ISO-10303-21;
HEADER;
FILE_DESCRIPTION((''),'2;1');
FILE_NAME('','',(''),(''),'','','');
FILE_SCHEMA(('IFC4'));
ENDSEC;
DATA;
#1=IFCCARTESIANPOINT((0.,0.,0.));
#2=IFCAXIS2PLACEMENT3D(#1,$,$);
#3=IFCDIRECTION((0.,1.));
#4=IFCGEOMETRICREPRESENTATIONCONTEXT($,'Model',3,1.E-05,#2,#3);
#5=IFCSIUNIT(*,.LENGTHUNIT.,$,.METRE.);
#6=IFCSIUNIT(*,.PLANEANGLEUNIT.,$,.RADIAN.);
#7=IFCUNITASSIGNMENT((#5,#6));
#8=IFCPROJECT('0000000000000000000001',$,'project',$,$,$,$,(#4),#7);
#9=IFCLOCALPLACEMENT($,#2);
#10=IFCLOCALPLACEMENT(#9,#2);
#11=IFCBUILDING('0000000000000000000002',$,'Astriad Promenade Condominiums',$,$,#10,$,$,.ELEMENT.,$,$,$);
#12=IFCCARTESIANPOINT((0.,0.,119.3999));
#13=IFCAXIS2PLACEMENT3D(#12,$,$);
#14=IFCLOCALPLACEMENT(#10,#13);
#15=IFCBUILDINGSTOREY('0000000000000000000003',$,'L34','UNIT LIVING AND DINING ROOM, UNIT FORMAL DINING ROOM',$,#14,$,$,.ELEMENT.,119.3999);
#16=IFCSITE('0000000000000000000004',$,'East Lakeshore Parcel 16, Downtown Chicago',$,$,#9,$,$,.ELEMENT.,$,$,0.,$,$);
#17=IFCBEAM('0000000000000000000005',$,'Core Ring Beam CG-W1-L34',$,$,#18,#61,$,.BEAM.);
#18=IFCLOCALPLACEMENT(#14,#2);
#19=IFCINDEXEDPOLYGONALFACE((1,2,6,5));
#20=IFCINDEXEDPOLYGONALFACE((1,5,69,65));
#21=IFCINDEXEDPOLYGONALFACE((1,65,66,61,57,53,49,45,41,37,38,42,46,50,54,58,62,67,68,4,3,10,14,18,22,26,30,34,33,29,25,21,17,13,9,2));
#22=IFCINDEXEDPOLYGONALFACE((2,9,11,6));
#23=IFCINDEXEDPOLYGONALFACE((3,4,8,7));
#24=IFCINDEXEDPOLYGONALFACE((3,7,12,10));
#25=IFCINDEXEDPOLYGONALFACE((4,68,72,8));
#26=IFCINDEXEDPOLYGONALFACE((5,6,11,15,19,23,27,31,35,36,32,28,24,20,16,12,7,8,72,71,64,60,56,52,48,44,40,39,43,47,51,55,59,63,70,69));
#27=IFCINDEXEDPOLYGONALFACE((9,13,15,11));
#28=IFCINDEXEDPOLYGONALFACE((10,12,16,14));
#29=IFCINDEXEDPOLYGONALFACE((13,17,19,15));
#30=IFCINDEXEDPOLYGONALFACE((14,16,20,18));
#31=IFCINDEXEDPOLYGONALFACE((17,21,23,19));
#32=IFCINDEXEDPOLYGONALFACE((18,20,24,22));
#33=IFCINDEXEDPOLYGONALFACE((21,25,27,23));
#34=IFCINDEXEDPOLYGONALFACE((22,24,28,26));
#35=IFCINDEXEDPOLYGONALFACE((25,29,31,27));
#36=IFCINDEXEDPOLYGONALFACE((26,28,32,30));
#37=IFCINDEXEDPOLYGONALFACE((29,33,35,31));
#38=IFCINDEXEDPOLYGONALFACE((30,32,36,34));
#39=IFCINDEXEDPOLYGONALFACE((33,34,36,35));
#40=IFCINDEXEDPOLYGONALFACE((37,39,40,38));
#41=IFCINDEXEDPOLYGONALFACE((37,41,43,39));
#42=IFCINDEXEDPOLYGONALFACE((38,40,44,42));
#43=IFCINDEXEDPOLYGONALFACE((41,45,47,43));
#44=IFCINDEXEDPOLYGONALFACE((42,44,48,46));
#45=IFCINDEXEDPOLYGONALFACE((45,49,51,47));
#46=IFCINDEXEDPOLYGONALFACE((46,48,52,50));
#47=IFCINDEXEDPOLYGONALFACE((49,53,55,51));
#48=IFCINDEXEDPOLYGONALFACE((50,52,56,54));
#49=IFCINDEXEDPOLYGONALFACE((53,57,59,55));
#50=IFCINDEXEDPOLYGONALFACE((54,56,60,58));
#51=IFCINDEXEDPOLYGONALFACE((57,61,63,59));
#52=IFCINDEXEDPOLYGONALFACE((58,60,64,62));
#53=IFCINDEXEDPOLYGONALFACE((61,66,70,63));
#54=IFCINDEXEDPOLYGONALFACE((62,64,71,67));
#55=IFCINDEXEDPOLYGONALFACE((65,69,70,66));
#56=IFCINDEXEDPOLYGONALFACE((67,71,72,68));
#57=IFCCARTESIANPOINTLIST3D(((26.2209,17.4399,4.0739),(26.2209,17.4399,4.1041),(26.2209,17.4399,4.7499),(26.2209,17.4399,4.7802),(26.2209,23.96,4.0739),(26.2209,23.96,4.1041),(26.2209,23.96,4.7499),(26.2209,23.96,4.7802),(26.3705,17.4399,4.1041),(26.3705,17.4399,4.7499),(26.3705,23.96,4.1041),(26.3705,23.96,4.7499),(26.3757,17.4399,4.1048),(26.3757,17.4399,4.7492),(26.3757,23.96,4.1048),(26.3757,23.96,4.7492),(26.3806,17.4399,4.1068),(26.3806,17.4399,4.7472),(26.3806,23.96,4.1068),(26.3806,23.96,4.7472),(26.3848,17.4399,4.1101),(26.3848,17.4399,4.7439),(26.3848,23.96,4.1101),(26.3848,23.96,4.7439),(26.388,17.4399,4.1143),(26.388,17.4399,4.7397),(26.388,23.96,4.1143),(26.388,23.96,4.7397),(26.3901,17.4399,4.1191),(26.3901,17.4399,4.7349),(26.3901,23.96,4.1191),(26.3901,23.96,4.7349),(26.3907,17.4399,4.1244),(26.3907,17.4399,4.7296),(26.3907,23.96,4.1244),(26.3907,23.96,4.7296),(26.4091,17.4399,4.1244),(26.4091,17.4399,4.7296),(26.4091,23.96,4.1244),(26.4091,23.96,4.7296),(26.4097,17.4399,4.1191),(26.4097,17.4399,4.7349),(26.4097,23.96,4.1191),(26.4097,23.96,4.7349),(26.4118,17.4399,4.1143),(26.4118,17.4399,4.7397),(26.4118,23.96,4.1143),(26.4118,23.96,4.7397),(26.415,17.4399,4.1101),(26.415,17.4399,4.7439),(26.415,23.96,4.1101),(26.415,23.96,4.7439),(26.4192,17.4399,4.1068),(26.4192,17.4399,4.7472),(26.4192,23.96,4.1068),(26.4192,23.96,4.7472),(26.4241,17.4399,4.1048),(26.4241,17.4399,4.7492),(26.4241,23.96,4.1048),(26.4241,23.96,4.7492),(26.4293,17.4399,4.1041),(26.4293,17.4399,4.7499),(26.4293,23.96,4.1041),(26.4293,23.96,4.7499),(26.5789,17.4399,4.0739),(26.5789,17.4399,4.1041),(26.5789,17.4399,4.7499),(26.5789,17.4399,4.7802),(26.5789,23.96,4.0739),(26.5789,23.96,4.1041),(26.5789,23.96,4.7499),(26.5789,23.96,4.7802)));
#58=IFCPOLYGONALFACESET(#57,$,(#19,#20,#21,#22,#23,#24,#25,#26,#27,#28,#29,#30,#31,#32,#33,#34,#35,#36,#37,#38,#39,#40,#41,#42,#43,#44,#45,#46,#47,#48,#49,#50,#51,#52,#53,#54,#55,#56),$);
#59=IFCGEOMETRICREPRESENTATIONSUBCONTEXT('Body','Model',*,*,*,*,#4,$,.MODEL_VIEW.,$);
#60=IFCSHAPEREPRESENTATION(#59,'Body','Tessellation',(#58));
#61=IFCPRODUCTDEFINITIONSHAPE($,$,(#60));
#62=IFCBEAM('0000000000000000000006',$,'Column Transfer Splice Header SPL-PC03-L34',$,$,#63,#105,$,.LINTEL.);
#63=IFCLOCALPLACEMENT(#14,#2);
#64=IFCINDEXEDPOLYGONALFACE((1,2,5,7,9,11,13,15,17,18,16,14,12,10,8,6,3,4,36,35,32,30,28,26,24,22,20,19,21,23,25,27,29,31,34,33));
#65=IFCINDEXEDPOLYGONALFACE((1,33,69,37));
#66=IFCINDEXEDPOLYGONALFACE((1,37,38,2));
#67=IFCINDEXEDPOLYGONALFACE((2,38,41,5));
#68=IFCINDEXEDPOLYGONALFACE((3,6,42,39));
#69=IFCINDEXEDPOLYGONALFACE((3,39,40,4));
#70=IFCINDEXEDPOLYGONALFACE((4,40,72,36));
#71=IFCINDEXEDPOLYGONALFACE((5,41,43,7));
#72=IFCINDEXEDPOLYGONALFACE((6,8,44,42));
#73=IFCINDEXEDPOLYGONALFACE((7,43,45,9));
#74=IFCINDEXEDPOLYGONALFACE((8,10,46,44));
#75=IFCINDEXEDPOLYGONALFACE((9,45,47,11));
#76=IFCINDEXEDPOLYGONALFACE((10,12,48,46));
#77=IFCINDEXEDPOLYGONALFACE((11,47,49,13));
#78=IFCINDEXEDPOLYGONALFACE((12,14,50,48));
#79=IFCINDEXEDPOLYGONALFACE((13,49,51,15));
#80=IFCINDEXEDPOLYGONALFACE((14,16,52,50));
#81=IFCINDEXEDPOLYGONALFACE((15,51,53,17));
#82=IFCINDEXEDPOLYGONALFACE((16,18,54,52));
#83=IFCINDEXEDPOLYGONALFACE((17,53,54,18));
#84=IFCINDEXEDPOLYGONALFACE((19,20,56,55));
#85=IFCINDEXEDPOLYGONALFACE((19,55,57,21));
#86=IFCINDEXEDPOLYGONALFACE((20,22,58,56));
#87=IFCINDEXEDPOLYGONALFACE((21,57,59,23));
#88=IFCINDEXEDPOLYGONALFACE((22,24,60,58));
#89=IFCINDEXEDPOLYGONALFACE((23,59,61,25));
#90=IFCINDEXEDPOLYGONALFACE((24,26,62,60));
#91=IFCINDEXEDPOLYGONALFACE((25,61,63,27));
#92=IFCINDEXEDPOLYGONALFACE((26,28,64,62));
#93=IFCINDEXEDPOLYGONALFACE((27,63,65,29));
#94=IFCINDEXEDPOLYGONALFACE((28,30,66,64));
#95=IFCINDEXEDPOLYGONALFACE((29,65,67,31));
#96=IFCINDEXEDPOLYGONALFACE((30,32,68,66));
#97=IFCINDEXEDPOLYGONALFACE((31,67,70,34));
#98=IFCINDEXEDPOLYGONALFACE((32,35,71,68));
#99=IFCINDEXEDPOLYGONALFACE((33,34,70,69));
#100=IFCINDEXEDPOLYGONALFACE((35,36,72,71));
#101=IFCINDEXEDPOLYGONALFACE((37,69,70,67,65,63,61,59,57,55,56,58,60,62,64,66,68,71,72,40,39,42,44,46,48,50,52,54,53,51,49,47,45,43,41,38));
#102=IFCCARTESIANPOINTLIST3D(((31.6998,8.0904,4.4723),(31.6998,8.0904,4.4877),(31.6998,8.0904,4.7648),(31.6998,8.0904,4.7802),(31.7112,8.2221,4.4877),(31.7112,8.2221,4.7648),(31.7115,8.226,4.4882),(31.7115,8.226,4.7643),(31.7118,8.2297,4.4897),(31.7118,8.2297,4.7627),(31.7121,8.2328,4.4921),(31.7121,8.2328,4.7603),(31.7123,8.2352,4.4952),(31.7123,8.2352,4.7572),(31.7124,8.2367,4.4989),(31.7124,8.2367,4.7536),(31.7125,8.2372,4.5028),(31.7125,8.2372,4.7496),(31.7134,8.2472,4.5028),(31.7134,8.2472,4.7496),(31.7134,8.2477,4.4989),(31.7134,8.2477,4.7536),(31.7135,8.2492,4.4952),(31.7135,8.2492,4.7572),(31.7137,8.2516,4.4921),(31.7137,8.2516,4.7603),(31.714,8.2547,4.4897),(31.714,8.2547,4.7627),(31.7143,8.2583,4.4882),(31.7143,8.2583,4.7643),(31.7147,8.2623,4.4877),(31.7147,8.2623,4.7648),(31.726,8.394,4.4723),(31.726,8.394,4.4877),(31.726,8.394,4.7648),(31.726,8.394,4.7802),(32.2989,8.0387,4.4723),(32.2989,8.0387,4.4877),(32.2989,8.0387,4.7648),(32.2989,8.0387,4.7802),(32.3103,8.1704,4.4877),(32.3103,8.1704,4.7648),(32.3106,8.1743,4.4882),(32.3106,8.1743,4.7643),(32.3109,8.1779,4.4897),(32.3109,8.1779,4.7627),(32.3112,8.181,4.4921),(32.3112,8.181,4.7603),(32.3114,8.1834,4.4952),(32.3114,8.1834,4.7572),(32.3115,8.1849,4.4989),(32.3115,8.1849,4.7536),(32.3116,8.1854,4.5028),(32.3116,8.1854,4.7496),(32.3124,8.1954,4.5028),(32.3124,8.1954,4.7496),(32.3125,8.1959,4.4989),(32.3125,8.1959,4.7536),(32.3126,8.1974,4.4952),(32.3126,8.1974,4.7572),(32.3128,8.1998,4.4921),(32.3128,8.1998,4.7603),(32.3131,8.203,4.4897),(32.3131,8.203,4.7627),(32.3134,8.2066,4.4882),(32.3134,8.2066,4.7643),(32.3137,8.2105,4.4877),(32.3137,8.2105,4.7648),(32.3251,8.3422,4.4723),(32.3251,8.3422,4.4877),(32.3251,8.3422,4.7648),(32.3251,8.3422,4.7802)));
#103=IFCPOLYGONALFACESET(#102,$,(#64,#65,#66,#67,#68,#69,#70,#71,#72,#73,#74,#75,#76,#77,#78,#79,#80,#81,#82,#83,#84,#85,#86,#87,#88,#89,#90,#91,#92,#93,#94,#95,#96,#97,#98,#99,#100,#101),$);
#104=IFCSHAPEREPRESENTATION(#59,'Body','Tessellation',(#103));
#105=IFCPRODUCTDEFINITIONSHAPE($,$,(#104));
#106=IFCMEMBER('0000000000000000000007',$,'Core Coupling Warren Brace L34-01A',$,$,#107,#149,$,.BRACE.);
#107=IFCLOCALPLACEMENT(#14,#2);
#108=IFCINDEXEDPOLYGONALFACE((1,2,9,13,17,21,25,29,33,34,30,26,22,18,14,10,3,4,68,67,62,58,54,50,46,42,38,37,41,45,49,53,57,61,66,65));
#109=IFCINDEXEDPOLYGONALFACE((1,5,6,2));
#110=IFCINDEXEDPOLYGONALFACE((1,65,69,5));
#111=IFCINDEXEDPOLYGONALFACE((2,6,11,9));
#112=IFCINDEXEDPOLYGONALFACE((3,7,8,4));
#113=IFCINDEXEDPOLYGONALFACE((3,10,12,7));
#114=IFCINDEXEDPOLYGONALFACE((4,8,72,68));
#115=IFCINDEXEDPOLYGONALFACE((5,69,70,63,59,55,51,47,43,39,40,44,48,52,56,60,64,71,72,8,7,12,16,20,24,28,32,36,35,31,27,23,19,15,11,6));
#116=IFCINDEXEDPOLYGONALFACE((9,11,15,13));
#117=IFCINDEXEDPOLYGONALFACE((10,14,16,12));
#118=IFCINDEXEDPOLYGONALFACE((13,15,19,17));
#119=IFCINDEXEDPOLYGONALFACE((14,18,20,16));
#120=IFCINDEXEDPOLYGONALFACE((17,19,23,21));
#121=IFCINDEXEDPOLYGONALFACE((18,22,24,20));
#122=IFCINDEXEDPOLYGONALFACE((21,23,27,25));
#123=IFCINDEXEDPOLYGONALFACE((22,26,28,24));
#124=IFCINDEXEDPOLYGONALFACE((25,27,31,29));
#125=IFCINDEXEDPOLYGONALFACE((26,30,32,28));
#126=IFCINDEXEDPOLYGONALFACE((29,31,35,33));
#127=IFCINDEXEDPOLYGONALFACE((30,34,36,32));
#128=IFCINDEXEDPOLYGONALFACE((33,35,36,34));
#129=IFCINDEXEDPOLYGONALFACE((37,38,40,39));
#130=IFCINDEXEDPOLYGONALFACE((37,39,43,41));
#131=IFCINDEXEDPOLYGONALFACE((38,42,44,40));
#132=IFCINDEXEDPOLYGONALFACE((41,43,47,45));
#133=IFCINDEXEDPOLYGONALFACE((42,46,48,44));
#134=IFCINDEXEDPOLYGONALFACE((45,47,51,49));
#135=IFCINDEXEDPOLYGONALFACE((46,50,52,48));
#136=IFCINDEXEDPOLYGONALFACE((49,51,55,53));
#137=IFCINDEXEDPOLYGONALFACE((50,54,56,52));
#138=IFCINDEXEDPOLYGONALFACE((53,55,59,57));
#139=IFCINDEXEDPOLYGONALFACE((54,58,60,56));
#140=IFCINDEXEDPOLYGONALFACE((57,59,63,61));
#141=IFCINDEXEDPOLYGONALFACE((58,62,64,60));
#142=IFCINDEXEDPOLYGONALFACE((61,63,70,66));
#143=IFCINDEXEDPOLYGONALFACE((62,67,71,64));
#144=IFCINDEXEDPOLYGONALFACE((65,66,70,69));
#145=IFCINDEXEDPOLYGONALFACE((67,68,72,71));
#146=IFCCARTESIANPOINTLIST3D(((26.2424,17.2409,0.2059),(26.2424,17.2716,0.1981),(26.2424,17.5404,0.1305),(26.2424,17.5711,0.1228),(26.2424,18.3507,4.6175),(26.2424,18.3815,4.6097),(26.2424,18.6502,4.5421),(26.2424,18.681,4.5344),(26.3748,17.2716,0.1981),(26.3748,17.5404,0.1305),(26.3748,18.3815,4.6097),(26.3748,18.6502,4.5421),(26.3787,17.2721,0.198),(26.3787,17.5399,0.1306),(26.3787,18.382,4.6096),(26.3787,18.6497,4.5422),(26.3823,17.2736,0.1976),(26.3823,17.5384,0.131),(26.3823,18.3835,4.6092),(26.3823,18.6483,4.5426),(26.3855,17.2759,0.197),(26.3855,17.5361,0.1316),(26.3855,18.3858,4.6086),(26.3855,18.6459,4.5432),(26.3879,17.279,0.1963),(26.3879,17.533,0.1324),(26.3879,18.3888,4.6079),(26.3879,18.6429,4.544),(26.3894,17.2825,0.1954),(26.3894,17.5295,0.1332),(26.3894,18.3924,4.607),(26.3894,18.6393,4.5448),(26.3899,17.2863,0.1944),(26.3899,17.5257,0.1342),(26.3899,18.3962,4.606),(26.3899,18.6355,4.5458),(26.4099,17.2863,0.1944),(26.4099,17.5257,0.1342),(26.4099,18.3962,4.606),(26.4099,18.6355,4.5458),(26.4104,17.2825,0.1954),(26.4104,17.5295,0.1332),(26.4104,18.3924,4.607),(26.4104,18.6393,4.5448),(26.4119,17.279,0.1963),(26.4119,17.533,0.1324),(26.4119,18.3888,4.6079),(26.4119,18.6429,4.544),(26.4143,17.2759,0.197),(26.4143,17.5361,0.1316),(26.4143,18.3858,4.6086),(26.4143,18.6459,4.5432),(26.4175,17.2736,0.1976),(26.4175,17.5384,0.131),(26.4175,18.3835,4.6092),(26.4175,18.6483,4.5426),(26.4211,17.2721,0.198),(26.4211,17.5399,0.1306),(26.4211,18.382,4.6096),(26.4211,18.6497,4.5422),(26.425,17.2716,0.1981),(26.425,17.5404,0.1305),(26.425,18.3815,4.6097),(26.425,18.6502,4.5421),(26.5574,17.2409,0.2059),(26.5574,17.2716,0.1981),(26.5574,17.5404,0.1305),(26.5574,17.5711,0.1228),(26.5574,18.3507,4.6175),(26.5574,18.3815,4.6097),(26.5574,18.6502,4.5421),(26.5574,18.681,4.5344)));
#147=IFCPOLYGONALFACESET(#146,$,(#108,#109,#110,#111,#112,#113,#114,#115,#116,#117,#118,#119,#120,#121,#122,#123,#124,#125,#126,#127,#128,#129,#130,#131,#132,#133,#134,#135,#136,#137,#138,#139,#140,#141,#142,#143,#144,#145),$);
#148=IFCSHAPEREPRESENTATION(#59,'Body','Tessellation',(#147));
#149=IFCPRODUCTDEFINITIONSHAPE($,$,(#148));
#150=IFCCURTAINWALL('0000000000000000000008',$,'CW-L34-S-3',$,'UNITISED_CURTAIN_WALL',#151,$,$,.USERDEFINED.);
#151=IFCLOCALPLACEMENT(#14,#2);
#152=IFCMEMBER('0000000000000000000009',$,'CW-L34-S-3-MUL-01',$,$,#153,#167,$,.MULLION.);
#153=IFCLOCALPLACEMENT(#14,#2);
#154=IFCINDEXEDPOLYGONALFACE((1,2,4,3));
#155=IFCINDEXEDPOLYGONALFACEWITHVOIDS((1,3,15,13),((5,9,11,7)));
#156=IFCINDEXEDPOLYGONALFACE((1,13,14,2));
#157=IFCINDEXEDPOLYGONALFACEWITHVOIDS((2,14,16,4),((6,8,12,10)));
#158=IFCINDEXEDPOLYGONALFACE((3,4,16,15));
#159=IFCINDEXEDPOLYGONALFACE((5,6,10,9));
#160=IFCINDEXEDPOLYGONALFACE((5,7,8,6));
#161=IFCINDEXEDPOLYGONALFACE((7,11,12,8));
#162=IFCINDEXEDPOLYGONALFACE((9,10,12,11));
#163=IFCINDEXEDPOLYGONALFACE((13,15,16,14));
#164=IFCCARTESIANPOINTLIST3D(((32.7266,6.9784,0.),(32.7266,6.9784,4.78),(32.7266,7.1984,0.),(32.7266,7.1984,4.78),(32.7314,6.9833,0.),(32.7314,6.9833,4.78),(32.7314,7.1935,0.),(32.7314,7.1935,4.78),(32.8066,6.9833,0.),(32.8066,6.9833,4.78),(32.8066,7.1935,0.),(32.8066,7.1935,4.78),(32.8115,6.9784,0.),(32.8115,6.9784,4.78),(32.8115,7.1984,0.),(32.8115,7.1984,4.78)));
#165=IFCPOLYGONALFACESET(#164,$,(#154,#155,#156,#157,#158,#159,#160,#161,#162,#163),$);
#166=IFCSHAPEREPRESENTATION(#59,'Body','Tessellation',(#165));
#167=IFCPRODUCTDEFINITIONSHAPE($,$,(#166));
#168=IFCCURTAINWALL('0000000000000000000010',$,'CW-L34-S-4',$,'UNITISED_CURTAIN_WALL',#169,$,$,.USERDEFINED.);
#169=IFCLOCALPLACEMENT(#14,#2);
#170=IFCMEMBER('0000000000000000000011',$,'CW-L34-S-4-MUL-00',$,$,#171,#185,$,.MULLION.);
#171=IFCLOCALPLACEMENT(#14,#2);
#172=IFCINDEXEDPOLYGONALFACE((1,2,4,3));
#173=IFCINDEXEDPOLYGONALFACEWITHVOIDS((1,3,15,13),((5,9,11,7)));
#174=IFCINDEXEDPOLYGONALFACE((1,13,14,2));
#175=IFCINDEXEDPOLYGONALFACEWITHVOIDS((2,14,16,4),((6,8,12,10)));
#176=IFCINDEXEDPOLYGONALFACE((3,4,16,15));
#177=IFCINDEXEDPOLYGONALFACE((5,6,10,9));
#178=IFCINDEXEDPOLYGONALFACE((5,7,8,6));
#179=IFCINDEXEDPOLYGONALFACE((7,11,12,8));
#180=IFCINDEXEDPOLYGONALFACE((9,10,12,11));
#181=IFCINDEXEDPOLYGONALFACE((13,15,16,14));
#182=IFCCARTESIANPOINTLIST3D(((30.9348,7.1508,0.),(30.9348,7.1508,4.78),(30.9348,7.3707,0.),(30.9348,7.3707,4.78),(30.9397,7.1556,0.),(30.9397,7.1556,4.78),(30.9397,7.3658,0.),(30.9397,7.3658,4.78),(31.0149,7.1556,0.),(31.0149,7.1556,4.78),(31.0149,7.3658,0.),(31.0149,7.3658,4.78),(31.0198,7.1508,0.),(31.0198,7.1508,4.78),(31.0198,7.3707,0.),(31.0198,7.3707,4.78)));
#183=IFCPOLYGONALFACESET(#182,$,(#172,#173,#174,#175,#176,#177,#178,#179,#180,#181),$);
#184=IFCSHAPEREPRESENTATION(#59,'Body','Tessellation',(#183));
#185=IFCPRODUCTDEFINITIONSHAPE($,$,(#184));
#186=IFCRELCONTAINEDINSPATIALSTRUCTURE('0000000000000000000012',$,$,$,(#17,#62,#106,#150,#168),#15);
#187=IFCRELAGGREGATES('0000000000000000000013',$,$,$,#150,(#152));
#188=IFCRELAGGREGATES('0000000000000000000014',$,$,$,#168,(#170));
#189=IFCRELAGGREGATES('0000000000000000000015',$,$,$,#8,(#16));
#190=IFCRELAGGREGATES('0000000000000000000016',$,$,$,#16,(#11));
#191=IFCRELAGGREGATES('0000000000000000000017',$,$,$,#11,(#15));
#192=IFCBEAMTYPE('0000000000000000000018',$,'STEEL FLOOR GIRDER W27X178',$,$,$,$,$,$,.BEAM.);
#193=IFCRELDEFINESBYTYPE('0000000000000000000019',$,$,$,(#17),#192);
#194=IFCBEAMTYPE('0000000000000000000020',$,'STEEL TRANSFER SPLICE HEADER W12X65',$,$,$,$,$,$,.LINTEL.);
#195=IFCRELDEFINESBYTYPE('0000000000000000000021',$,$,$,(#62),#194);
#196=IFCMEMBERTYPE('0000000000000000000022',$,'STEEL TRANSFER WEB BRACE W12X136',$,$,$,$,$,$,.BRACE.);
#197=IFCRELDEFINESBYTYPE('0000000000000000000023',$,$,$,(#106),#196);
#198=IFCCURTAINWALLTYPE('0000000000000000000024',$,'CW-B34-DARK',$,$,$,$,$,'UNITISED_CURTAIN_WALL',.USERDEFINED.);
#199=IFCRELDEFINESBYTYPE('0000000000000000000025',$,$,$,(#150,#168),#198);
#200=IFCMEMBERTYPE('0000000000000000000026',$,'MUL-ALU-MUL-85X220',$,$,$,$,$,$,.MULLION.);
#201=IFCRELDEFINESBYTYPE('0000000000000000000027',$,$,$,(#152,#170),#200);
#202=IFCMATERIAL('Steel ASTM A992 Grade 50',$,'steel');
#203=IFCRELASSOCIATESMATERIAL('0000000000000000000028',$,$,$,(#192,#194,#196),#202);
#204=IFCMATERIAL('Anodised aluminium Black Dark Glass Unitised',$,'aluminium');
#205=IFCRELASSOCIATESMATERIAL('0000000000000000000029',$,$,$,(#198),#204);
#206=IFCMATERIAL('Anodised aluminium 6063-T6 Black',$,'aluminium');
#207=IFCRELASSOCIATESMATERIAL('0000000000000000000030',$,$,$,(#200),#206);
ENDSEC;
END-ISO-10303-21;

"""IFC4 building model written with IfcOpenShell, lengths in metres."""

from ifc_helpers import new_model, si_unit, direction, frame, origin, origin_2d, place, context, subcontext, project, spatial, hollow_rectangle, i_section, extrude, source, transform, mapped, material, material_profile, profile_set, type_object, type_shapes, element, aggregate, save


model = new_model("IFC4")

# Units and contexts
model_context = context("Model", 3, precision=1e-05, world=origin(), true_north=direction((0.0, 1.0)))
body_context = subcontext(model_context, "Body", "Model", "MODEL_VIEW")
ifc_project = project(units=[si_unit("LENGTHUNIT", "METRE"), si_unit("PLANEANGLEUNIT", "RADIAN")], contexts=[model_context])

# Site, building, storey
site_placement = place(None, origin())
site = spatial("IfcSite", under=ifc_project, at=site_placement, Name="East Lakeshore Parcel 16, Downtown Chicago", CompositionType="ELEMENT", RefElevation=0.0)
building_placement = place(site_placement, origin())
building = spatial("IfcBuilding", under=site, at=building_placement, Name="Astriad Promenade Condominiums", CompositionType="ELEMENT")
storey_placement = place(building_placement, frame((0.0, 0.0, 119.3999)))
storey = spatial("IfcBuildingStorey", under=building, at=storey_placement, Name="L34", Description="UNIT LIVING AND DINING ROOM, UNIT FORMAL DINING ROOM", CompositionType="ELEMENT", Elevation=119.3999)

# Shared definitions
ifc_material_1 = material(Name="Steel ASTM A992 Grade 50", Category="steel")

# Beams
ifc_material_profile_1 = material_profile(ifc_material_1, i_section(OverallWidth=0.3579, OverallDepth=0.7063, WebThickness=0.0183, FlangeThickness=0.0303, FilletRadius=0.0203, at=origin_2d()), Name="W27X178")
ifc_profile_set_1 = profile_set([ifc_material_profile_1], Name="Steel ASTM A992 Grade 50")
beam_type_1 = type_object("IfcBeamType", Name="STEEL FLOOR GIRDER W27X178", PredefinedType="BEAM", material=ifc_profile_set_1)
shared_shape_1 = source(origin(), body_context, "Body", "SweptSolid", [
    extrude(i_section(OverallWidth=0.3579, OverallDepth=0.7063, WebThickness=0.0183, FlangeThickness=0.0303, FilletRadius=0.0203, at=origin_2d()), origin(), (0.0, 0.0, 1.0), 6.52),
])
type_shapes(beam_type_1, [shared_shape_1])
beam_1_placement = place(storey_placement, frame((26.3999, 17.4399, 4.427), z_axis=(0.0, 1.0, 0.0), x_axis=(-1.0, 0.0, 0.0)))
element("IfcBeam", 1, at=beam_1_placement, inside=storey, type_object=beam_type_1, Name="Core Ring Beam CG-W1-L34", PredefinedType="BEAM", context=body_context, shape_type="MappedRepresentation", body=[
    mapped(shared_shape_1, transform((0.0, 0.0, 0.0), scale=1.0)),
])
ifc_material_profile_2 = material_profile(ifc_material_1, i_section(OverallWidth=0.3047, OverallDepth=0.3079, WebThickness=0.01, FlangeThickness=0.0154, FilletRadius=0.0151, at=origin_2d()), Name="W12X65")
ifc_profile_set_2 = profile_set([ifc_material_profile_2], Name="Steel ASTM A992 Grade 50")
beam_type_2 = type_object("IfcBeamType", Name="STEEL TRANSFER SPLICE HEADER W12X65", PredefinedType="LINTEL", material=ifc_profile_set_2)
shared_shape_2 = source(origin(), body_context, "Body", "SweptSolid", [
    extrude(i_section(OverallWidth=0.3047, OverallDepth=0.3079, WebThickness=0.01, FlangeThickness=0.0154, FilletRadius=0.0151, at=origin_2d()), origin(), (0.0, 0.0, 1.0), 0.6013),
])
type_shapes(beam_type_2, [shared_shape_2])
beam_2_placement = place(storey_placement, frame((32.312, 8.1904, 4.6262), z_axis=(-0.996289, 0.086069, 0.0), x_axis=(-0.086069, -0.996289, 0.0)))
element("IfcBeam", 2, at=beam_2_placement, inside=storey, type_object=beam_type_2, Name="Column Transfer Splice Header SPL-PC03-L34", PredefinedType="LINTEL", context=body_context, shape_type="MappedRepresentation", body=[
    mapped(shared_shape_2, transform((0.0, 0.0, 0.0), scale=1.0)),
])

# Member
ifc_material_profile_3 = material_profile(ifc_material_1, i_section(OverallWidth=0.3149, OverallDepth=0.3406, WebThickness=0.02, FlangeThickness=0.0317, FilletRadius=0.0151, at=origin_2d()), Name="W12X136")
ifc_profile_set_3 = profile_set([ifc_material_profile_3], Name="Steel ASTM A992 Grade 50")
member_type_1 = type_object("IfcMemberType", Name="STEEL TRANSFER WEB BRACE W12X136", PredefinedType="BRACE", material=ifc_profile_set_3)
shared_shape_3 = source(origin(), body_context, "Body", "SweptSolid", [
    extrude(i_section(OverallWidth=0.3149, OverallDepth=0.3406, WebThickness=0.02, FlangeThickness=0.0317, FilletRadius=0.0151, at=origin_2d()), origin(), (0.0, 0.0, 1.0), 4.5491),
])
type_shapes(member_type_1, [shared_shape_3])
member_1_placement = place(storey_placement, frame((26.3999, 17.406, 0.1643), z_axis=(0.0, 0.243975, 0.969782), x_axis=(-1.0, 0.0, 0.0)))
element("IfcMember", 3, at=member_1_placement, inside=storey, type_object=member_type_1, Name="Core Coupling Warren Brace L34-01A", PredefinedType="BRACE", context=body_context, shape_type="MappedRepresentation", body=[
    mapped(shared_shape_3, transform((0.0, 0.0, 0.0), scale=1.0)),
])

# Curtain wall, member
ifc_material_2 = material(Name="Anodised aluminium Black Dark Glass Unitised", Category="aluminium")
curtain_wall_type = type_object("IfcCurtainWallType", Name="CW-B34-DARK", ElementType="UNITISED_CURTAIN_WALL", PredefinedType="USERDEFINED", material=ifc_material_2)
curtain_wall_1_placement = place(storey_placement, origin())
curtain_wall_1 = element("IfcCurtainWall", 4, at=curtain_wall_1_placement, inside=storey, type_object=curtain_wall_type, Name="CW-L34-S-3", ObjectType="UNITISED_CURTAIN_WALL", PredefinedType="USERDEFINED")
ifc_material_3 = material(Name="Anodised aluminium 6063-T6 Black", Category="aluminium")
ifc_material_profile_4 = material_profile(ifc_material_3, hollow_rectangle(XDim=0.085, YDim=0.22, WallThickness=0.0049, at=origin_2d()), Name="ALU-MUL-85X220")
ifc_profile_set_4 = profile_set([ifc_material_profile_4], Name="Anodised aluminium 6063-T6 Black")
member_type_2 = type_object("IfcMemberType", Name="MUL-ALU-MUL-85X220", PredefinedType="MULLION", material=ifc_profile_set_4)
shared_shape_4 = source(origin(), body_context, "Body", "SweptSolid", [
    extrude(hollow_rectangle(XDim=0.085, YDim=0.22, WallThickness=0.0049, at=origin_2d()), origin(), (0.0, 0.0, 1.0), 4.78),
])
type_shapes(member_type_2, [shared_shape_4])
member_2_placement = place(storey_placement, frame((32.769, 7.0884, 0.0), z_axis=(0.0, 0.0, 1.0), x_axis=(1.0, 0.0, 0.0)))
member_2 = element("IfcMember", 5, at=member_2_placement, type_object=member_type_2, Name="CW-L34-S-3-MUL-01", PredefinedType="MULLION", context=body_context, shape_type="MappedRepresentation", body=[
    mapped(shared_shape_4, transform((0.0, 0.0, 0.0), scale=1.0)),
])
aggregate(curtain_wall_1, [member_2])

# Curtain wall, member
curtain_wall_2_placement = place(storey_placement, origin())
curtain_wall_2 = element("IfcCurtainWall", 6, at=curtain_wall_2_placement, inside=storey, type_object=curtain_wall_type, Name="CW-L34-S-4", ObjectType="UNITISED_CURTAIN_WALL", PredefinedType="USERDEFINED")
member_3_placement = place(storey_placement, frame((30.9773, 7.2607, 0.0), z_axis=(0.0, 0.0, 1.0), x_axis=(1.0, 0.0, 0.0)))
member_3 = element("IfcMember", 7, at=member_3_placement, type_object=member_type_2, Name="CW-L34-S-4-MUL-00", PredefinedType="MULLION", context=body_context, shape_type="MappedRepresentation", body=[
    mapped(shared_shape_4, transform((0.0, 0.0, 0.0), scale=1.0)),
])

aggregate(curtain_wall_2, [member_3])

save(model, "model.ifc")
